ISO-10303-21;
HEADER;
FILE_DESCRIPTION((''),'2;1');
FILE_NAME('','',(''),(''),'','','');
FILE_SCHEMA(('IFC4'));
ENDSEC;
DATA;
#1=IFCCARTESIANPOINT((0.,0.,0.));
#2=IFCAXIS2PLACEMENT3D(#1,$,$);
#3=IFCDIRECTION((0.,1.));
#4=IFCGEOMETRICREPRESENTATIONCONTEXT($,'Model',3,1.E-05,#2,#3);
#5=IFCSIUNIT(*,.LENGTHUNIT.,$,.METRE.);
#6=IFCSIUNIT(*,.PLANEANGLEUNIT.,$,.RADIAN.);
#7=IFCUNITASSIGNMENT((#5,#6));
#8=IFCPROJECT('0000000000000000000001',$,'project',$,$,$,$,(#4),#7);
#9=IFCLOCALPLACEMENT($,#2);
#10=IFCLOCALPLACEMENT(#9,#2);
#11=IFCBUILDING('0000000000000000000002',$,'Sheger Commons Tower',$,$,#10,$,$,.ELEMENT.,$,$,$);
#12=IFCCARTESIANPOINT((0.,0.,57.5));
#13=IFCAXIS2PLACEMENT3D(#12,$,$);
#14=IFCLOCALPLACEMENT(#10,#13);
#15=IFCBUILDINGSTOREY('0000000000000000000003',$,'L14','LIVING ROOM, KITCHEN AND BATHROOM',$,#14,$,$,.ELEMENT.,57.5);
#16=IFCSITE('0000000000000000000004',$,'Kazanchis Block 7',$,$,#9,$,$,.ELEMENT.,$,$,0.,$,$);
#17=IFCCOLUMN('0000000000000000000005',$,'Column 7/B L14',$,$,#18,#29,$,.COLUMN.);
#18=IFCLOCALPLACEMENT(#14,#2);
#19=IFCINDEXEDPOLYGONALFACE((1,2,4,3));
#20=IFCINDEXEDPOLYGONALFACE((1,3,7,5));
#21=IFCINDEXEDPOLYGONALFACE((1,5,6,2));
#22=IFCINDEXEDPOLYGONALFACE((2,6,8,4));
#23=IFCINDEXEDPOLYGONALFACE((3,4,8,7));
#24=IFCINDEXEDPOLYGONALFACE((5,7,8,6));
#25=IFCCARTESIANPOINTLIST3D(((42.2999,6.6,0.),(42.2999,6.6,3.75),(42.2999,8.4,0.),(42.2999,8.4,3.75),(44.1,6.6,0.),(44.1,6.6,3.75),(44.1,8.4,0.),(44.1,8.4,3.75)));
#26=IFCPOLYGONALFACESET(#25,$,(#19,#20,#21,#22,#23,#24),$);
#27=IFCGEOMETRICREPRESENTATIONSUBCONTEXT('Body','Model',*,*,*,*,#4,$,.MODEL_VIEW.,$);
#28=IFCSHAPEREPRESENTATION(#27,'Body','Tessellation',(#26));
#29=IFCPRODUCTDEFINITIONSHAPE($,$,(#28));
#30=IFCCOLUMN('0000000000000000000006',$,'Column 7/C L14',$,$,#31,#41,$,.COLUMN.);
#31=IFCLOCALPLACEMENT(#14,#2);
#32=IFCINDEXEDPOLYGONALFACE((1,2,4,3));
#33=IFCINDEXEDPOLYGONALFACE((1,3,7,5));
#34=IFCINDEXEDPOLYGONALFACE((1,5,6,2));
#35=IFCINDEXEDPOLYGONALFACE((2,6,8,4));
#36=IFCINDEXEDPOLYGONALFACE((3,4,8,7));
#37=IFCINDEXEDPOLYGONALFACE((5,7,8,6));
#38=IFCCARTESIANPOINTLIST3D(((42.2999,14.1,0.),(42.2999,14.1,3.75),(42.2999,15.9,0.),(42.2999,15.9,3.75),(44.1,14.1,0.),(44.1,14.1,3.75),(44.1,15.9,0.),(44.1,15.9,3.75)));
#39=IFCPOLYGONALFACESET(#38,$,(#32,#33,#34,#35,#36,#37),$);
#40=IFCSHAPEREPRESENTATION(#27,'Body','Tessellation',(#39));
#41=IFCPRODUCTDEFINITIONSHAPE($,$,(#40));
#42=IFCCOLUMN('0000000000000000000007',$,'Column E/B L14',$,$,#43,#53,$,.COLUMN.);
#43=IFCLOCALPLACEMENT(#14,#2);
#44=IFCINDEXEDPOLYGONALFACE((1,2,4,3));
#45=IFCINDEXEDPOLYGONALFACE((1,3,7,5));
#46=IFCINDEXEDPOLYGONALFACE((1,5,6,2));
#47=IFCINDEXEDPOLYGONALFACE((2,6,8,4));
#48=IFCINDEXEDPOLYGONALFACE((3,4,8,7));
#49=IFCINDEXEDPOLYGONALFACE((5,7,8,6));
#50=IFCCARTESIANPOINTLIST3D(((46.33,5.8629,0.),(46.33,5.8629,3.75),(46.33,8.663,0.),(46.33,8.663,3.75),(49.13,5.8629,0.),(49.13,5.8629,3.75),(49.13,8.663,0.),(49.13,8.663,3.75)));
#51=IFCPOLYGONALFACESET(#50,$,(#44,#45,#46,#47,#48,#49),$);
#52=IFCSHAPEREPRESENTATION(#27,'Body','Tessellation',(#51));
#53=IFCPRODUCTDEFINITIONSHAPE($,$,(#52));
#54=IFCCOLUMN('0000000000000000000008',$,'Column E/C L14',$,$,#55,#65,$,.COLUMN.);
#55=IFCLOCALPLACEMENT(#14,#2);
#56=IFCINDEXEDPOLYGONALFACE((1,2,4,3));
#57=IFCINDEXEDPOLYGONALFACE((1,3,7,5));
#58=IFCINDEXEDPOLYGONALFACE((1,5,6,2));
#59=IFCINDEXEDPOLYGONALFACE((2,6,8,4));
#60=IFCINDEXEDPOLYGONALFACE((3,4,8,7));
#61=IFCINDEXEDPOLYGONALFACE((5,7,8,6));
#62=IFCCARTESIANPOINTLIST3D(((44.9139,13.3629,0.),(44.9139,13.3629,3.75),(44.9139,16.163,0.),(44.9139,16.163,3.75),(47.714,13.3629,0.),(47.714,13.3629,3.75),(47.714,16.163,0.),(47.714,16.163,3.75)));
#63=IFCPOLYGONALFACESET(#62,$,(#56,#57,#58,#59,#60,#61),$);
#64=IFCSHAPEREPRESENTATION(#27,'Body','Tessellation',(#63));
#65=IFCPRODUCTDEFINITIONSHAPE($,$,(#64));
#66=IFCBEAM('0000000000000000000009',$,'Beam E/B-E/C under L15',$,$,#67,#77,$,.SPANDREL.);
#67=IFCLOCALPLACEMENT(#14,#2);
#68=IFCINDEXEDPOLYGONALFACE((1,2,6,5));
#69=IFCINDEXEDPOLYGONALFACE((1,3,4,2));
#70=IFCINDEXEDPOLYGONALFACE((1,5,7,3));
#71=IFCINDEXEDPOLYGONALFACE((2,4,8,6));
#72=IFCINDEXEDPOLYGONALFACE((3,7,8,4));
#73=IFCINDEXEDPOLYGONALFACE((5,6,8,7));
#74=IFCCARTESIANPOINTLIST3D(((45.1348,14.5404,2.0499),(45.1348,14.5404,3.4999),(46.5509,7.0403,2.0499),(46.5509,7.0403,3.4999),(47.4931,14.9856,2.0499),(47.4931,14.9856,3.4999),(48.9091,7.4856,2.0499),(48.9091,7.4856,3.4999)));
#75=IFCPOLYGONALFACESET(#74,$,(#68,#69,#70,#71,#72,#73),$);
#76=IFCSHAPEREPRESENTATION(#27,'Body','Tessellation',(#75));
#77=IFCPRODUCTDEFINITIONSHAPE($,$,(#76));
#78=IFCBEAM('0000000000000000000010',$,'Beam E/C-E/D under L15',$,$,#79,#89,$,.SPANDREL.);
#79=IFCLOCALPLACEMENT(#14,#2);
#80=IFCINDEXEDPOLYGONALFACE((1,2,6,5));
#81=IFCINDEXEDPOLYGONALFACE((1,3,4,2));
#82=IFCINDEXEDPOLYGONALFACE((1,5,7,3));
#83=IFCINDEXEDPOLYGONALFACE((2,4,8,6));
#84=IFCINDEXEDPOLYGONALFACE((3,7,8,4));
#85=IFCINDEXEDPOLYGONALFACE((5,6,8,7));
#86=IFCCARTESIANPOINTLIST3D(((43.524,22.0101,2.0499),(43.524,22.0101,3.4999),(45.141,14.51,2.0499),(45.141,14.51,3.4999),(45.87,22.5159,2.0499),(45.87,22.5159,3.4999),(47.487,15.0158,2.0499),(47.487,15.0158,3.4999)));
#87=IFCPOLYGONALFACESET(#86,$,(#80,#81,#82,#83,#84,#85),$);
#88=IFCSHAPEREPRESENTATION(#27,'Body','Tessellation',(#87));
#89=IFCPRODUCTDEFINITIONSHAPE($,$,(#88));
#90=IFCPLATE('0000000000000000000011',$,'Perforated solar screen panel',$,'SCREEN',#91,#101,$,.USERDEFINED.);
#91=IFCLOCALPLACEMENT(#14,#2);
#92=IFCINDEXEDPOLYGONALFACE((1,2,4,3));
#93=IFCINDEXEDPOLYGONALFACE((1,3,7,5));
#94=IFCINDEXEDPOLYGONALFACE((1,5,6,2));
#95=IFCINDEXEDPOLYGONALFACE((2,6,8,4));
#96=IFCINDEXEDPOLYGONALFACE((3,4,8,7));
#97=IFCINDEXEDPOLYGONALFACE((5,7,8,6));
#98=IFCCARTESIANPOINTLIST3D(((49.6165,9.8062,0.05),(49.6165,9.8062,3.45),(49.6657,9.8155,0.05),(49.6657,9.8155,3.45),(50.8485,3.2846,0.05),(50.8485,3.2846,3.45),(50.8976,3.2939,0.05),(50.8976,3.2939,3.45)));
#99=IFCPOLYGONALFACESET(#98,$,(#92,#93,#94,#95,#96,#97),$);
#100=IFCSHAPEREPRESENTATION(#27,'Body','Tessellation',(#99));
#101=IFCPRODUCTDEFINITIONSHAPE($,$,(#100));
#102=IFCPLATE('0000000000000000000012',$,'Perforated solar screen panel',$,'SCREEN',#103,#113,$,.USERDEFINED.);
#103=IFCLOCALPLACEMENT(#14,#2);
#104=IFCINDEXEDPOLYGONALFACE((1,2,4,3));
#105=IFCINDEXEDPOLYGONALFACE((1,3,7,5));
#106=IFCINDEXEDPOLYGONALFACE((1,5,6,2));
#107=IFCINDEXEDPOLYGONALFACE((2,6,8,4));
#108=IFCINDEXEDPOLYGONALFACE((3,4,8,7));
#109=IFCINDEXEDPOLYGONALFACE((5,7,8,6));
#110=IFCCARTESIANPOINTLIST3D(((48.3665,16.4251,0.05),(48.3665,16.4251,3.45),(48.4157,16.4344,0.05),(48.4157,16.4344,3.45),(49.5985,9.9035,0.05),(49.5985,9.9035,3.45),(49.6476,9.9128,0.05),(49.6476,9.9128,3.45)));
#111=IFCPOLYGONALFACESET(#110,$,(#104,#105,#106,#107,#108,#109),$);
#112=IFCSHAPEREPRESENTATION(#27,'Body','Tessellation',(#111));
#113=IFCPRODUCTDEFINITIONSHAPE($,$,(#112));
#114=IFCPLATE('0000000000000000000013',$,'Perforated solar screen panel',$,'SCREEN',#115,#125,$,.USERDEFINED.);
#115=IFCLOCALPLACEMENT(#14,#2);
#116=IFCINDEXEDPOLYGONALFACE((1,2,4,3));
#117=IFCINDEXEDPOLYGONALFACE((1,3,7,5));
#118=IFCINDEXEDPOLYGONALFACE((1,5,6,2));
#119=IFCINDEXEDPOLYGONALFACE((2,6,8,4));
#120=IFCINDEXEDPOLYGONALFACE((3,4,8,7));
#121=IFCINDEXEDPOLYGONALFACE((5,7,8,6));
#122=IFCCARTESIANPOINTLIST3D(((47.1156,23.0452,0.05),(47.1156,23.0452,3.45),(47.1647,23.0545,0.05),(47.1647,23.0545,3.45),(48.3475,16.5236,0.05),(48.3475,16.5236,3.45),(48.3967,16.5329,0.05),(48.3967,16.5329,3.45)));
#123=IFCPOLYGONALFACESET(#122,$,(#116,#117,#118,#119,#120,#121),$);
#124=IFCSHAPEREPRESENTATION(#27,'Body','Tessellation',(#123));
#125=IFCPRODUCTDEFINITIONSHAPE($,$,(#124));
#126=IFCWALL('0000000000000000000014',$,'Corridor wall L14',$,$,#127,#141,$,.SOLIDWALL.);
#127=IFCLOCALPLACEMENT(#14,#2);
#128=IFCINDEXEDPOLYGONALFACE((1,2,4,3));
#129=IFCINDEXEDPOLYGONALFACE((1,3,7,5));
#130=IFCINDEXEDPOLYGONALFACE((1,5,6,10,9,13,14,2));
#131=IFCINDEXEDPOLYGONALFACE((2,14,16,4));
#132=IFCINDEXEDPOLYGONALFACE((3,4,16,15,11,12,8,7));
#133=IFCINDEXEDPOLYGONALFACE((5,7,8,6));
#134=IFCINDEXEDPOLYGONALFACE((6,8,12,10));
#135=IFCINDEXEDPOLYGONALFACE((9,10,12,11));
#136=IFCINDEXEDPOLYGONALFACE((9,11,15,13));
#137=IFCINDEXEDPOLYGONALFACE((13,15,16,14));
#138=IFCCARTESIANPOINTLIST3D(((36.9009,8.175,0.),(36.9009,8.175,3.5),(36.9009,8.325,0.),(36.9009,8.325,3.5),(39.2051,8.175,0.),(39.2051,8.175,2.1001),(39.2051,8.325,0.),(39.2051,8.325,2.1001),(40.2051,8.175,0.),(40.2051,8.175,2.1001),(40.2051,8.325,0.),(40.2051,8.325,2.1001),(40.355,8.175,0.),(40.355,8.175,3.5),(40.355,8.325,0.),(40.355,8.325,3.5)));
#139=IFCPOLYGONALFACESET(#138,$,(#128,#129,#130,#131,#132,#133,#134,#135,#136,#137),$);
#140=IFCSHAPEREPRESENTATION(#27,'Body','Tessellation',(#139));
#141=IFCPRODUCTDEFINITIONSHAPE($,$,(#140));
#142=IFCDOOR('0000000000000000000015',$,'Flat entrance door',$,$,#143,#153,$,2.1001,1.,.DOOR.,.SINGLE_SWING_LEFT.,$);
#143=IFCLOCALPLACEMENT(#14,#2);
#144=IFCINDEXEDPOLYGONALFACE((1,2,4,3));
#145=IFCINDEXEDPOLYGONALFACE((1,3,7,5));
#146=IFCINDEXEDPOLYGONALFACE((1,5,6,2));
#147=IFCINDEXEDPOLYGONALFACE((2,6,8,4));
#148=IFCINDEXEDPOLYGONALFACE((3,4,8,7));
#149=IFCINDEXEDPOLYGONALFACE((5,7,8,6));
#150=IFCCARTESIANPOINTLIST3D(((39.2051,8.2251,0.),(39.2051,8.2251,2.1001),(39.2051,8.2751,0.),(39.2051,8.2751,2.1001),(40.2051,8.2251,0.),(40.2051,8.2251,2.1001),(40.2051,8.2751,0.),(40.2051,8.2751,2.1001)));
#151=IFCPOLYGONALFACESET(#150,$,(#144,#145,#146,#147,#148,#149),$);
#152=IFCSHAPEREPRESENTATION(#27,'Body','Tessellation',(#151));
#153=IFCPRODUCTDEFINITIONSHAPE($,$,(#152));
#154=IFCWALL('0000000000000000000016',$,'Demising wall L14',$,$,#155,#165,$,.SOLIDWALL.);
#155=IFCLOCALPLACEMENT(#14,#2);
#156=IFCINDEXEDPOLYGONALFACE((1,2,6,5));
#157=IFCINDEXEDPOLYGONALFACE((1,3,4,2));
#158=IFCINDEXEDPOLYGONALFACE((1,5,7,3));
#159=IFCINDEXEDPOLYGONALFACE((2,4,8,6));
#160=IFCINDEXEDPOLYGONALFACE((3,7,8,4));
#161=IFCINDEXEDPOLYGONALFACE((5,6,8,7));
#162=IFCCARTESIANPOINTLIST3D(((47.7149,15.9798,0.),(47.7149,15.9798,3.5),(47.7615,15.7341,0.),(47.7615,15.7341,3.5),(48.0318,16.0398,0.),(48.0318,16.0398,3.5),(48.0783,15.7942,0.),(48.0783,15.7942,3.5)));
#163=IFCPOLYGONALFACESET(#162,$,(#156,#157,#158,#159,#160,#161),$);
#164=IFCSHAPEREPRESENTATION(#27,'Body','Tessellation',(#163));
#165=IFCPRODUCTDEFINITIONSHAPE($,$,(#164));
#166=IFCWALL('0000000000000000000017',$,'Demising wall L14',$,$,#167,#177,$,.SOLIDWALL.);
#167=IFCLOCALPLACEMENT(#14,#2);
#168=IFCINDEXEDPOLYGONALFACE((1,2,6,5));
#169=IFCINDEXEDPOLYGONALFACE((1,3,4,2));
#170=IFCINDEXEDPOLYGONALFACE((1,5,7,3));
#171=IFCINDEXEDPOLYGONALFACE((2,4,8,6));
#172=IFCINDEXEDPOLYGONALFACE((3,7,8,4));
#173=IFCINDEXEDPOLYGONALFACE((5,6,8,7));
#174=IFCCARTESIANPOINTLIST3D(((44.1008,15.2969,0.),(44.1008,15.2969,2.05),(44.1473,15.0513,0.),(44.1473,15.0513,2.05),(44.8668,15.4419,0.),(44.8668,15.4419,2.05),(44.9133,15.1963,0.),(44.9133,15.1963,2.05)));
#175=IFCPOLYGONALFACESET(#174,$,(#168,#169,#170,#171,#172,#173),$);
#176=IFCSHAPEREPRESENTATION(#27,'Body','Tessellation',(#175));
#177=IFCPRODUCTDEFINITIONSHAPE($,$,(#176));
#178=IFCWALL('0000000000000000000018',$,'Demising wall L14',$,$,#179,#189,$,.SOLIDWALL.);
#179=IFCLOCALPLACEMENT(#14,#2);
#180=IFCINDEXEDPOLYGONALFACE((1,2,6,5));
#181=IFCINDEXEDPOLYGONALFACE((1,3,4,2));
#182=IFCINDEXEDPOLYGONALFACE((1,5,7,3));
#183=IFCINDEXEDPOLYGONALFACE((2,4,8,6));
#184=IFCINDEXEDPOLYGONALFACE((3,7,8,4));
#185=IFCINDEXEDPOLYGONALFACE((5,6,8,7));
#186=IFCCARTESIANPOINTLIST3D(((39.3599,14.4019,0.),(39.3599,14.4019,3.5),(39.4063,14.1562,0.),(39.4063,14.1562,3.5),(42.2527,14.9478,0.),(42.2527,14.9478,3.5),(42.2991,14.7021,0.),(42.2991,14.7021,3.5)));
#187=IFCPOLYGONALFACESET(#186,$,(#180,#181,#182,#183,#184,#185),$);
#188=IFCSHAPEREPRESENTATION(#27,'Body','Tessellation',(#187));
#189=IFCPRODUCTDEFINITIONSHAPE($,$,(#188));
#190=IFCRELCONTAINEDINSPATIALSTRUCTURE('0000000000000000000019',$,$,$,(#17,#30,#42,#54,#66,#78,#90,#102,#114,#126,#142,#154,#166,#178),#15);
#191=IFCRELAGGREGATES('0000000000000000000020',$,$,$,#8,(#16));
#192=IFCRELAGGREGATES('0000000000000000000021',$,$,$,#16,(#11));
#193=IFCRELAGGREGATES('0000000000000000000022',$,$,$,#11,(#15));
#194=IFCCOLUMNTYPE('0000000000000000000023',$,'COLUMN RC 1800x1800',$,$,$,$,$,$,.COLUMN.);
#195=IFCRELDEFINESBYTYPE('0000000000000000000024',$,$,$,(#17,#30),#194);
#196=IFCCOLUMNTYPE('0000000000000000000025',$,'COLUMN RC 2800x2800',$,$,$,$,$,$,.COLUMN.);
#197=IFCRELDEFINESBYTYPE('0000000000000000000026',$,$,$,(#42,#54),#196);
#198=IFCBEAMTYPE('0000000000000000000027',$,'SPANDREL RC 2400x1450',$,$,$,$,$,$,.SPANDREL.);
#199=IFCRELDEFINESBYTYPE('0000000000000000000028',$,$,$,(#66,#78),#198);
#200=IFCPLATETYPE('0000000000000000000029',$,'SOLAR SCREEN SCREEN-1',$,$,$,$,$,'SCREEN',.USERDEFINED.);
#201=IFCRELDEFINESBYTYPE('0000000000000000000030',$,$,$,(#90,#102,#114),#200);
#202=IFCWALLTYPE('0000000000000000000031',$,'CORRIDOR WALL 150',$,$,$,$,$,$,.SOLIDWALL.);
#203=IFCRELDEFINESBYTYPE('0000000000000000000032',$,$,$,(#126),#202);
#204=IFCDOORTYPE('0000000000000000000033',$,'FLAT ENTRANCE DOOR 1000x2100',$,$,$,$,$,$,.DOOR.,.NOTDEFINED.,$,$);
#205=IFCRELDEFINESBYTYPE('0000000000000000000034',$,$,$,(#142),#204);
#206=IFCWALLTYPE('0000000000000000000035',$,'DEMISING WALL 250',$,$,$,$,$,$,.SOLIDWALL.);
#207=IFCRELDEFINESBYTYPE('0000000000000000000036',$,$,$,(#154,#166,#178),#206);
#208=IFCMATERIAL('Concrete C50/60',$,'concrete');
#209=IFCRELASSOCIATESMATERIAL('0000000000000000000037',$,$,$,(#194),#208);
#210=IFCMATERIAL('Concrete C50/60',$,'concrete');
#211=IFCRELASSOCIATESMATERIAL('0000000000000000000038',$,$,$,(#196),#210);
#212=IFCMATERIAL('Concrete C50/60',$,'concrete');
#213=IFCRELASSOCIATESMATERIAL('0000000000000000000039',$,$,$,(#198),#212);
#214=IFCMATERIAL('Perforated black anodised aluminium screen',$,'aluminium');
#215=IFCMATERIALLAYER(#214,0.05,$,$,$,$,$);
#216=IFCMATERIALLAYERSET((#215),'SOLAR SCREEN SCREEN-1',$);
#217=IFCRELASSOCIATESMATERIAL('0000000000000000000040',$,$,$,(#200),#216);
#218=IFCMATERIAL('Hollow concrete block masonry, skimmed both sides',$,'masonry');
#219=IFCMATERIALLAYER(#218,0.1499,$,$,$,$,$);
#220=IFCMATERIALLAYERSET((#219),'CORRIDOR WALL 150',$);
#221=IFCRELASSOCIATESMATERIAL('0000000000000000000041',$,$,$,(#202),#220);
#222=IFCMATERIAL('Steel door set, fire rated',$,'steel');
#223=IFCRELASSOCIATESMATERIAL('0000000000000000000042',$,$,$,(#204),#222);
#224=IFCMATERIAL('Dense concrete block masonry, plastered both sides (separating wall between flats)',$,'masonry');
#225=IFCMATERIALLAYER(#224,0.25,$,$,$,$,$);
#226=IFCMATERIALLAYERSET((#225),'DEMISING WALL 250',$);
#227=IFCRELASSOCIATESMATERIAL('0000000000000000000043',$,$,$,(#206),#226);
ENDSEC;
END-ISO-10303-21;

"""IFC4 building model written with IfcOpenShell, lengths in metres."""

from ifc_helpers import new_model, si_unit, direction, frame, frame_2d, origin, origin_2d, place, context, subcontext, project, spatial, rectangle, extrude, material, layer, layer_set, material_profile, profile_set, type_object, element, fill, save


model = new_model("IFC4")

# Units and contexts
model_context = context("Model", 3, precision=1e-05, world=origin(), true_north=direction((0.0, 1.0)))
body_context = subcontext(model_context, "Body", "Model", "MODEL_VIEW")
ifc_project = project(units=[si_unit("LENGTHUNIT", "METRE"), si_unit("PLANEANGLEUNIT", "RADIAN")], contexts=[model_context])

# Site, building, storey
site_placement = place(None, origin())
site = spatial("IfcSite", under=ifc_project, at=site_placement, Name="Kazanchis Block 7", CompositionType="ELEMENT", RefElevation=0.0)
building_placement = place(site_placement, origin())
building = spatial("IfcBuilding", under=site, at=building_placement, Name="Sheger Commons Tower", CompositionType="ELEMENT")
storey_placement = place(building_placement, frame((0.0, 0.0, 57.5)))
storey = spatial("IfcBuildingStorey", under=building, at=storey_placement, Name="L14", Description="LIVING ROOM, KITCHEN AND BATHROOM", CompositionType="ELEMENT", Elevation=57.5)

# Columns
ifc_material_1 = material(Name="Concrete C50/60", Category="concrete")
ifc_material_profile_1 = material_profile(ifc_material_1, rectangle(XDim=1.8, YDim=1.8, at=origin_2d()), Name="RC 1800x1800")
ifc_profile_set_1 = profile_set([ifc_material_profile_1], Name="Concrete C50/60")
column_type_1 = type_object("IfcColumnType", Name="COLUMN RC 1800x1800", PredefinedType="COLUMN", material=ifc_profile_set_1)
for number, where, z_axis, x_axis, name in (
    (1, (43.2, 7.5, 0.0), (0.0, 0.0, 1.0), (1.0, 0.0, 0.0), "Column 7/B L14"),
    (2, (43.2, 15.0, 0.0), (0.0, 0.0, 1.0), (1.0, 0.0, 0.0), "Column 7/C L14"),
):
    element("IfcColumn", number, at=place(storey_placement, frame(where, z_axis=z_axis, x_axis=x_axis)), inside=storey, type_object=column_type_1, Name=name, PredefinedType="COLUMN", context=body_context, shape_type="SweptSolid", body=[
        extrude(rectangle(XDim=1.8, YDim=1.8, at=origin_2d()), origin(), (0.0, 0.0, 1.0), 3.75),
    ])
ifc_material_2 = material(Name="Concrete C50/60", Category="concrete")
ifc_material_profile_2 = material_profile(ifc_material_2, rectangle(XDim=2.8, YDim=2.8, at=origin_2d()), Name="RC 2800x2800")
ifc_profile_set_2 = profile_set([ifc_material_profile_2], Name="Concrete C50/60")
column_type_2 = type_object("IfcColumnType", Name="COLUMN RC 2800x2800", PredefinedType="COLUMN", material=ifc_profile_set_2)
for number, where, z_axis, x_axis, name in (
    (3, (47.73, 7.2629, 0.0), (0.0, 0.0, 1.0), (1.0, 0.0, 0.0), "Column E/B L14"),
    (4, (46.314, 14.7629, 0.0), (0.0, 0.0, 1.0), (1.0, 0.0, 0.0), "Column E/C L14"),
):
    element("IfcColumn", number, at=place(storey_placement, frame(where, z_axis=z_axis, x_axis=x_axis)), inside=storey, type_object=column_type_2, Name=name, PredefinedType="COLUMN", context=body_context, shape_type="SweptSolid", body=[
        extrude(rectangle(XDim=2.8, YDim=2.8, at=origin_2d()), origin(), (0.0, 0.0, 1.0), 3.75),
    ])

# Beams
ifc_material_3 = material(Name="Concrete C50/60", Category="concrete")
ifc_material_profile_3 = material_profile(ifc_material_3, rectangle(XDim=2.3999, YDim=1.45, at=origin_2d()), Name="RC 2400x1450")
ifc_profile_set_3 = profile_set([ifc_material_profile_3], Name="Concrete C50/60")
beam_type = type_object("IfcBeamType", Name="SPANDREL RC 2400x1450", PredefinedType="SPANDREL", material=ifc_profile_set_3)
beam_1_placement = place(storey_placement, frame((47.73, 7.2629, 2.7749), z_axis=(-0.185524, 0.98264, 0.0), x_axis=(-0.98264, -0.185524, 0.0)))
element("IfcBeam", 5, at=beam_1_placement, inside=storey, type_object=beam_type, Name="Beam E/B-E/C under L15", PredefinedType="SPANDREL", context=body_context, shape_type="SweptSolid", body=[
    extrude(rectangle(XDim=2.3999, YDim=1.45, at=origin_2d()), origin(), (0.0, 0.0, 1.0), 7.6326),
])
beam_2_placement = place(storey_placement, frame((46.314, 14.7629, 2.7749), z_axis=(-0.21075, 0.97754, 0.0), x_axis=(-0.97754, -0.21075, 0.0)))
element("IfcBeam", 6, at=beam_2_placement, inside=storey, type_object=beam_type, Name="Beam E/C-E/D under L15", PredefinedType="SPANDREL", context=body_context, shape_type="SweptSolid", body=[
    extrude(rectangle(XDim=2.3999, YDim=1.45, at=origin_2d()), origin(), (0.0, 0.0, 1.0), 7.6724),
])

# Plates
ifc_material_4 = material(Name="Perforated black anodised aluminium screen", Category="aluminium")
ifc_layer_1 = layer(ifc_material_4, 0.05)
ifc_layer_set_1 = layer_set([ifc_layer_1], Name="SOLAR SCREEN SCREEN-1")
plate_type = type_object("IfcPlateType", Name="SOLAR SCREEN SCREEN-1", ElementType="SCREEN", PredefinedType="USERDEFINED", material=ifc_layer_set_1)
for number, where, z_axis, x_axis, name in (
    (7, (50.2571, 6.55, 0.05), (0.0, 0.0, 1.0), (-0.185615, 0.982623, 0.0), "Perforated solar screen panel"),
    (8, (49.0071, 13.1689, 0.05), (0.0, 0.0, 1.0), (-0.185615, 0.982623, 0.0), "Perforated solar screen panel"),
    (9, (47.7561, 19.7891, 0.05), (0.0, 0.0, 1.0), (-0.185615, 0.982623, 0.0), "Perforated solar screen panel"),
):
    element("IfcPlate", number, at=place(storey_placement, frame(where, z_axis=z_axis, x_axis=x_axis)), inside=storey, type_object=plate_type, Name=name, ObjectType="SCREEN", PredefinedType="USERDEFINED", context=body_context, shape_type="SweptSolid", body=[
        extrude(rectangle(XDim=6.637, YDim=0.05, at=origin_2d()), origin(), (0.0, 0.0, 1.0), 3.3999),
    ])

# Wall, opening, door
ifc_material_5 = material(Name="Hollow concrete block masonry, skimmed both sides", Category="masonry")
ifc_layer_2 = layer(ifc_material_5, 0.1499)
ifc_layer_set_2 = layer_set([ifc_layer_2], Name="CORRIDOR WALL 150")
wall_type_1 = type_object("IfcWallType", Name="CORRIDOR WALL 150", PredefinedType="SOLIDWALL", material=ifc_layer_set_2)
wall_1_placement = place(storey_placement, frame((40.355, 8.25, 0.0), z_axis=(0.0, 0.0, 1.0), x_axis=(-1.0, 0.0, 0.0)))
wall_1 = element("IfcWall", 10, at=wall_1_placement, inside=storey, type_object=wall_type_1, Name="Corridor wall L14", PredefinedType="SOLIDWALL", context=body_context, shape_type="SweptSolid", body=[
    extrude(rectangle(XDim=3.4541, YDim=0.1499, at=frame_2d((1.7271, 0.0))), origin(), (0.0, 0.0, 1.0), 3.5),
])
opening_1_placement = place(wall_1_placement, frame((0.1499, 0.0, 0.0)))
opening_1 = element("IfcOpeningElement", 11, at=opening_1_placement, cuts=wall_1, PredefinedType="OPENING", context=body_context, shape_type="SweptSolid", body=[
    extrude(rectangle(XDim=1.0, YDim=2.1001, at=frame_2d((0.5, 1.05))), frame((0.0, 0.085, 0.0), z_axis=(0.0, -1.0, 0.0), x_axis=(1.0, 0.0, 0.0)), (0.0, 0.0, 1.0), 0.1699),
])
ifc_material_6 = material(Name="Steel door set, fire rated", Category="steel")
door_type_1 = type_object("IfcDoorType", Name="FLAT ENTRANCE DOOR 1000x2100", OperationType="NOTDEFINED", PredefinedType="DOOR", material=ifc_material_6)
door_1_placement = place(opening_1_placement, origin())
door_1 = element("IfcDoor", 12, at=door_1_placement, inside=storey, type_object=door_type_1, Name="Flat entrance door", OperationType="SINGLE_SWING_LEFT", OverallHeight=2.1001, OverallWidth=1.0, PredefinedType="DOOR", context=body_context, shape_type="SweptSolid", body=[
    extrude(rectangle(XDim=1.0, YDim=2.1001, at=frame_2d((0.5, 1.05))), frame((0.0, 0.0249, 0.0), z_axis=(0.0, -1.0, 0.0), x_axis=(1.0, 0.0, 0.0)), (0.0, 0.0, 1.0), 0.05),
])
fill(opening_1, door_1)

# Walls
ifc_material_7 = material(Name="Dense concrete block masonry, plastered both sides (separating wall between flats)", Category="masonry")
ifc_layer_3 = layer(ifc_material_7, 0.25)
ifc_layer_set_3 = layer_set([ifc_layer_3], Name="DEMISING WALL 250")
wall_type_2 = type_object("IfcWallType", Name="DEMISING WALL 250", PredefinedType="SOLIDWALL", material=ifc_layer_set_3)
wall_2_placement = place(storey_placement, frame((48.0549, 15.917, 0.0), z_axis=(0.0, 0.0, 1.0), x_axis=(-0.98251, -0.186208, 0.0)))
element("IfcWall", 13, at=wall_2_placement, inside=storey, type_object=wall_type_2, Name="Demising wall L14", PredefinedType="SOLIDWALL", context=body_context, shape_type="SweptSolid", body=[
    extrude(rectangle(XDim=0.3225, YDim=0.25, at=frame_2d((0.1611, 0.0))), origin(), (0.0, 0.0, 1.0), 3.5),
])
wall_3_placement = place(storey_placement, frame((44.8899, 15.3191, 0.0), z_axis=(0.0, 0.0, 1.0), x_axis=(-0.982541, -0.186047, 0.0)))
element("IfcWall", 14, at=wall_3_placement, inside=storey, type_object=wall_type_2, Name="Demising wall L14", PredefinedType="SOLIDWALL", context=body_context, shape_type="SweptSolid", body=[
    extrude(rectangle(XDim=0.7795, YDim=0.25, at=frame_2d((0.3896, 0.0))), origin(), (0.0, 0.0, 1.0), 2.05),
])
wall_4_placement = place(storey_placement, frame((42.2759, 14.825, 0.0), z_axis=(0.0, 0.0, 1.0), x_axis=(-0.982657, -0.185435, 0.0)))
element("IfcWall", 15, at=wall_4_placement, inside=storey, type_object=wall_type_2, Name="Demising wall L14", PredefinedType="SOLIDWALL", context=body_context, shape_type="SweptSolid", body=[
    extrude(rectangle(XDim=2.9438, YDim=0.25, at=frame_2d((1.4719, 0.0))), origin(), (0.0, 0.0, 1.0), 3.5),
])

save(model, "model.ifc")
